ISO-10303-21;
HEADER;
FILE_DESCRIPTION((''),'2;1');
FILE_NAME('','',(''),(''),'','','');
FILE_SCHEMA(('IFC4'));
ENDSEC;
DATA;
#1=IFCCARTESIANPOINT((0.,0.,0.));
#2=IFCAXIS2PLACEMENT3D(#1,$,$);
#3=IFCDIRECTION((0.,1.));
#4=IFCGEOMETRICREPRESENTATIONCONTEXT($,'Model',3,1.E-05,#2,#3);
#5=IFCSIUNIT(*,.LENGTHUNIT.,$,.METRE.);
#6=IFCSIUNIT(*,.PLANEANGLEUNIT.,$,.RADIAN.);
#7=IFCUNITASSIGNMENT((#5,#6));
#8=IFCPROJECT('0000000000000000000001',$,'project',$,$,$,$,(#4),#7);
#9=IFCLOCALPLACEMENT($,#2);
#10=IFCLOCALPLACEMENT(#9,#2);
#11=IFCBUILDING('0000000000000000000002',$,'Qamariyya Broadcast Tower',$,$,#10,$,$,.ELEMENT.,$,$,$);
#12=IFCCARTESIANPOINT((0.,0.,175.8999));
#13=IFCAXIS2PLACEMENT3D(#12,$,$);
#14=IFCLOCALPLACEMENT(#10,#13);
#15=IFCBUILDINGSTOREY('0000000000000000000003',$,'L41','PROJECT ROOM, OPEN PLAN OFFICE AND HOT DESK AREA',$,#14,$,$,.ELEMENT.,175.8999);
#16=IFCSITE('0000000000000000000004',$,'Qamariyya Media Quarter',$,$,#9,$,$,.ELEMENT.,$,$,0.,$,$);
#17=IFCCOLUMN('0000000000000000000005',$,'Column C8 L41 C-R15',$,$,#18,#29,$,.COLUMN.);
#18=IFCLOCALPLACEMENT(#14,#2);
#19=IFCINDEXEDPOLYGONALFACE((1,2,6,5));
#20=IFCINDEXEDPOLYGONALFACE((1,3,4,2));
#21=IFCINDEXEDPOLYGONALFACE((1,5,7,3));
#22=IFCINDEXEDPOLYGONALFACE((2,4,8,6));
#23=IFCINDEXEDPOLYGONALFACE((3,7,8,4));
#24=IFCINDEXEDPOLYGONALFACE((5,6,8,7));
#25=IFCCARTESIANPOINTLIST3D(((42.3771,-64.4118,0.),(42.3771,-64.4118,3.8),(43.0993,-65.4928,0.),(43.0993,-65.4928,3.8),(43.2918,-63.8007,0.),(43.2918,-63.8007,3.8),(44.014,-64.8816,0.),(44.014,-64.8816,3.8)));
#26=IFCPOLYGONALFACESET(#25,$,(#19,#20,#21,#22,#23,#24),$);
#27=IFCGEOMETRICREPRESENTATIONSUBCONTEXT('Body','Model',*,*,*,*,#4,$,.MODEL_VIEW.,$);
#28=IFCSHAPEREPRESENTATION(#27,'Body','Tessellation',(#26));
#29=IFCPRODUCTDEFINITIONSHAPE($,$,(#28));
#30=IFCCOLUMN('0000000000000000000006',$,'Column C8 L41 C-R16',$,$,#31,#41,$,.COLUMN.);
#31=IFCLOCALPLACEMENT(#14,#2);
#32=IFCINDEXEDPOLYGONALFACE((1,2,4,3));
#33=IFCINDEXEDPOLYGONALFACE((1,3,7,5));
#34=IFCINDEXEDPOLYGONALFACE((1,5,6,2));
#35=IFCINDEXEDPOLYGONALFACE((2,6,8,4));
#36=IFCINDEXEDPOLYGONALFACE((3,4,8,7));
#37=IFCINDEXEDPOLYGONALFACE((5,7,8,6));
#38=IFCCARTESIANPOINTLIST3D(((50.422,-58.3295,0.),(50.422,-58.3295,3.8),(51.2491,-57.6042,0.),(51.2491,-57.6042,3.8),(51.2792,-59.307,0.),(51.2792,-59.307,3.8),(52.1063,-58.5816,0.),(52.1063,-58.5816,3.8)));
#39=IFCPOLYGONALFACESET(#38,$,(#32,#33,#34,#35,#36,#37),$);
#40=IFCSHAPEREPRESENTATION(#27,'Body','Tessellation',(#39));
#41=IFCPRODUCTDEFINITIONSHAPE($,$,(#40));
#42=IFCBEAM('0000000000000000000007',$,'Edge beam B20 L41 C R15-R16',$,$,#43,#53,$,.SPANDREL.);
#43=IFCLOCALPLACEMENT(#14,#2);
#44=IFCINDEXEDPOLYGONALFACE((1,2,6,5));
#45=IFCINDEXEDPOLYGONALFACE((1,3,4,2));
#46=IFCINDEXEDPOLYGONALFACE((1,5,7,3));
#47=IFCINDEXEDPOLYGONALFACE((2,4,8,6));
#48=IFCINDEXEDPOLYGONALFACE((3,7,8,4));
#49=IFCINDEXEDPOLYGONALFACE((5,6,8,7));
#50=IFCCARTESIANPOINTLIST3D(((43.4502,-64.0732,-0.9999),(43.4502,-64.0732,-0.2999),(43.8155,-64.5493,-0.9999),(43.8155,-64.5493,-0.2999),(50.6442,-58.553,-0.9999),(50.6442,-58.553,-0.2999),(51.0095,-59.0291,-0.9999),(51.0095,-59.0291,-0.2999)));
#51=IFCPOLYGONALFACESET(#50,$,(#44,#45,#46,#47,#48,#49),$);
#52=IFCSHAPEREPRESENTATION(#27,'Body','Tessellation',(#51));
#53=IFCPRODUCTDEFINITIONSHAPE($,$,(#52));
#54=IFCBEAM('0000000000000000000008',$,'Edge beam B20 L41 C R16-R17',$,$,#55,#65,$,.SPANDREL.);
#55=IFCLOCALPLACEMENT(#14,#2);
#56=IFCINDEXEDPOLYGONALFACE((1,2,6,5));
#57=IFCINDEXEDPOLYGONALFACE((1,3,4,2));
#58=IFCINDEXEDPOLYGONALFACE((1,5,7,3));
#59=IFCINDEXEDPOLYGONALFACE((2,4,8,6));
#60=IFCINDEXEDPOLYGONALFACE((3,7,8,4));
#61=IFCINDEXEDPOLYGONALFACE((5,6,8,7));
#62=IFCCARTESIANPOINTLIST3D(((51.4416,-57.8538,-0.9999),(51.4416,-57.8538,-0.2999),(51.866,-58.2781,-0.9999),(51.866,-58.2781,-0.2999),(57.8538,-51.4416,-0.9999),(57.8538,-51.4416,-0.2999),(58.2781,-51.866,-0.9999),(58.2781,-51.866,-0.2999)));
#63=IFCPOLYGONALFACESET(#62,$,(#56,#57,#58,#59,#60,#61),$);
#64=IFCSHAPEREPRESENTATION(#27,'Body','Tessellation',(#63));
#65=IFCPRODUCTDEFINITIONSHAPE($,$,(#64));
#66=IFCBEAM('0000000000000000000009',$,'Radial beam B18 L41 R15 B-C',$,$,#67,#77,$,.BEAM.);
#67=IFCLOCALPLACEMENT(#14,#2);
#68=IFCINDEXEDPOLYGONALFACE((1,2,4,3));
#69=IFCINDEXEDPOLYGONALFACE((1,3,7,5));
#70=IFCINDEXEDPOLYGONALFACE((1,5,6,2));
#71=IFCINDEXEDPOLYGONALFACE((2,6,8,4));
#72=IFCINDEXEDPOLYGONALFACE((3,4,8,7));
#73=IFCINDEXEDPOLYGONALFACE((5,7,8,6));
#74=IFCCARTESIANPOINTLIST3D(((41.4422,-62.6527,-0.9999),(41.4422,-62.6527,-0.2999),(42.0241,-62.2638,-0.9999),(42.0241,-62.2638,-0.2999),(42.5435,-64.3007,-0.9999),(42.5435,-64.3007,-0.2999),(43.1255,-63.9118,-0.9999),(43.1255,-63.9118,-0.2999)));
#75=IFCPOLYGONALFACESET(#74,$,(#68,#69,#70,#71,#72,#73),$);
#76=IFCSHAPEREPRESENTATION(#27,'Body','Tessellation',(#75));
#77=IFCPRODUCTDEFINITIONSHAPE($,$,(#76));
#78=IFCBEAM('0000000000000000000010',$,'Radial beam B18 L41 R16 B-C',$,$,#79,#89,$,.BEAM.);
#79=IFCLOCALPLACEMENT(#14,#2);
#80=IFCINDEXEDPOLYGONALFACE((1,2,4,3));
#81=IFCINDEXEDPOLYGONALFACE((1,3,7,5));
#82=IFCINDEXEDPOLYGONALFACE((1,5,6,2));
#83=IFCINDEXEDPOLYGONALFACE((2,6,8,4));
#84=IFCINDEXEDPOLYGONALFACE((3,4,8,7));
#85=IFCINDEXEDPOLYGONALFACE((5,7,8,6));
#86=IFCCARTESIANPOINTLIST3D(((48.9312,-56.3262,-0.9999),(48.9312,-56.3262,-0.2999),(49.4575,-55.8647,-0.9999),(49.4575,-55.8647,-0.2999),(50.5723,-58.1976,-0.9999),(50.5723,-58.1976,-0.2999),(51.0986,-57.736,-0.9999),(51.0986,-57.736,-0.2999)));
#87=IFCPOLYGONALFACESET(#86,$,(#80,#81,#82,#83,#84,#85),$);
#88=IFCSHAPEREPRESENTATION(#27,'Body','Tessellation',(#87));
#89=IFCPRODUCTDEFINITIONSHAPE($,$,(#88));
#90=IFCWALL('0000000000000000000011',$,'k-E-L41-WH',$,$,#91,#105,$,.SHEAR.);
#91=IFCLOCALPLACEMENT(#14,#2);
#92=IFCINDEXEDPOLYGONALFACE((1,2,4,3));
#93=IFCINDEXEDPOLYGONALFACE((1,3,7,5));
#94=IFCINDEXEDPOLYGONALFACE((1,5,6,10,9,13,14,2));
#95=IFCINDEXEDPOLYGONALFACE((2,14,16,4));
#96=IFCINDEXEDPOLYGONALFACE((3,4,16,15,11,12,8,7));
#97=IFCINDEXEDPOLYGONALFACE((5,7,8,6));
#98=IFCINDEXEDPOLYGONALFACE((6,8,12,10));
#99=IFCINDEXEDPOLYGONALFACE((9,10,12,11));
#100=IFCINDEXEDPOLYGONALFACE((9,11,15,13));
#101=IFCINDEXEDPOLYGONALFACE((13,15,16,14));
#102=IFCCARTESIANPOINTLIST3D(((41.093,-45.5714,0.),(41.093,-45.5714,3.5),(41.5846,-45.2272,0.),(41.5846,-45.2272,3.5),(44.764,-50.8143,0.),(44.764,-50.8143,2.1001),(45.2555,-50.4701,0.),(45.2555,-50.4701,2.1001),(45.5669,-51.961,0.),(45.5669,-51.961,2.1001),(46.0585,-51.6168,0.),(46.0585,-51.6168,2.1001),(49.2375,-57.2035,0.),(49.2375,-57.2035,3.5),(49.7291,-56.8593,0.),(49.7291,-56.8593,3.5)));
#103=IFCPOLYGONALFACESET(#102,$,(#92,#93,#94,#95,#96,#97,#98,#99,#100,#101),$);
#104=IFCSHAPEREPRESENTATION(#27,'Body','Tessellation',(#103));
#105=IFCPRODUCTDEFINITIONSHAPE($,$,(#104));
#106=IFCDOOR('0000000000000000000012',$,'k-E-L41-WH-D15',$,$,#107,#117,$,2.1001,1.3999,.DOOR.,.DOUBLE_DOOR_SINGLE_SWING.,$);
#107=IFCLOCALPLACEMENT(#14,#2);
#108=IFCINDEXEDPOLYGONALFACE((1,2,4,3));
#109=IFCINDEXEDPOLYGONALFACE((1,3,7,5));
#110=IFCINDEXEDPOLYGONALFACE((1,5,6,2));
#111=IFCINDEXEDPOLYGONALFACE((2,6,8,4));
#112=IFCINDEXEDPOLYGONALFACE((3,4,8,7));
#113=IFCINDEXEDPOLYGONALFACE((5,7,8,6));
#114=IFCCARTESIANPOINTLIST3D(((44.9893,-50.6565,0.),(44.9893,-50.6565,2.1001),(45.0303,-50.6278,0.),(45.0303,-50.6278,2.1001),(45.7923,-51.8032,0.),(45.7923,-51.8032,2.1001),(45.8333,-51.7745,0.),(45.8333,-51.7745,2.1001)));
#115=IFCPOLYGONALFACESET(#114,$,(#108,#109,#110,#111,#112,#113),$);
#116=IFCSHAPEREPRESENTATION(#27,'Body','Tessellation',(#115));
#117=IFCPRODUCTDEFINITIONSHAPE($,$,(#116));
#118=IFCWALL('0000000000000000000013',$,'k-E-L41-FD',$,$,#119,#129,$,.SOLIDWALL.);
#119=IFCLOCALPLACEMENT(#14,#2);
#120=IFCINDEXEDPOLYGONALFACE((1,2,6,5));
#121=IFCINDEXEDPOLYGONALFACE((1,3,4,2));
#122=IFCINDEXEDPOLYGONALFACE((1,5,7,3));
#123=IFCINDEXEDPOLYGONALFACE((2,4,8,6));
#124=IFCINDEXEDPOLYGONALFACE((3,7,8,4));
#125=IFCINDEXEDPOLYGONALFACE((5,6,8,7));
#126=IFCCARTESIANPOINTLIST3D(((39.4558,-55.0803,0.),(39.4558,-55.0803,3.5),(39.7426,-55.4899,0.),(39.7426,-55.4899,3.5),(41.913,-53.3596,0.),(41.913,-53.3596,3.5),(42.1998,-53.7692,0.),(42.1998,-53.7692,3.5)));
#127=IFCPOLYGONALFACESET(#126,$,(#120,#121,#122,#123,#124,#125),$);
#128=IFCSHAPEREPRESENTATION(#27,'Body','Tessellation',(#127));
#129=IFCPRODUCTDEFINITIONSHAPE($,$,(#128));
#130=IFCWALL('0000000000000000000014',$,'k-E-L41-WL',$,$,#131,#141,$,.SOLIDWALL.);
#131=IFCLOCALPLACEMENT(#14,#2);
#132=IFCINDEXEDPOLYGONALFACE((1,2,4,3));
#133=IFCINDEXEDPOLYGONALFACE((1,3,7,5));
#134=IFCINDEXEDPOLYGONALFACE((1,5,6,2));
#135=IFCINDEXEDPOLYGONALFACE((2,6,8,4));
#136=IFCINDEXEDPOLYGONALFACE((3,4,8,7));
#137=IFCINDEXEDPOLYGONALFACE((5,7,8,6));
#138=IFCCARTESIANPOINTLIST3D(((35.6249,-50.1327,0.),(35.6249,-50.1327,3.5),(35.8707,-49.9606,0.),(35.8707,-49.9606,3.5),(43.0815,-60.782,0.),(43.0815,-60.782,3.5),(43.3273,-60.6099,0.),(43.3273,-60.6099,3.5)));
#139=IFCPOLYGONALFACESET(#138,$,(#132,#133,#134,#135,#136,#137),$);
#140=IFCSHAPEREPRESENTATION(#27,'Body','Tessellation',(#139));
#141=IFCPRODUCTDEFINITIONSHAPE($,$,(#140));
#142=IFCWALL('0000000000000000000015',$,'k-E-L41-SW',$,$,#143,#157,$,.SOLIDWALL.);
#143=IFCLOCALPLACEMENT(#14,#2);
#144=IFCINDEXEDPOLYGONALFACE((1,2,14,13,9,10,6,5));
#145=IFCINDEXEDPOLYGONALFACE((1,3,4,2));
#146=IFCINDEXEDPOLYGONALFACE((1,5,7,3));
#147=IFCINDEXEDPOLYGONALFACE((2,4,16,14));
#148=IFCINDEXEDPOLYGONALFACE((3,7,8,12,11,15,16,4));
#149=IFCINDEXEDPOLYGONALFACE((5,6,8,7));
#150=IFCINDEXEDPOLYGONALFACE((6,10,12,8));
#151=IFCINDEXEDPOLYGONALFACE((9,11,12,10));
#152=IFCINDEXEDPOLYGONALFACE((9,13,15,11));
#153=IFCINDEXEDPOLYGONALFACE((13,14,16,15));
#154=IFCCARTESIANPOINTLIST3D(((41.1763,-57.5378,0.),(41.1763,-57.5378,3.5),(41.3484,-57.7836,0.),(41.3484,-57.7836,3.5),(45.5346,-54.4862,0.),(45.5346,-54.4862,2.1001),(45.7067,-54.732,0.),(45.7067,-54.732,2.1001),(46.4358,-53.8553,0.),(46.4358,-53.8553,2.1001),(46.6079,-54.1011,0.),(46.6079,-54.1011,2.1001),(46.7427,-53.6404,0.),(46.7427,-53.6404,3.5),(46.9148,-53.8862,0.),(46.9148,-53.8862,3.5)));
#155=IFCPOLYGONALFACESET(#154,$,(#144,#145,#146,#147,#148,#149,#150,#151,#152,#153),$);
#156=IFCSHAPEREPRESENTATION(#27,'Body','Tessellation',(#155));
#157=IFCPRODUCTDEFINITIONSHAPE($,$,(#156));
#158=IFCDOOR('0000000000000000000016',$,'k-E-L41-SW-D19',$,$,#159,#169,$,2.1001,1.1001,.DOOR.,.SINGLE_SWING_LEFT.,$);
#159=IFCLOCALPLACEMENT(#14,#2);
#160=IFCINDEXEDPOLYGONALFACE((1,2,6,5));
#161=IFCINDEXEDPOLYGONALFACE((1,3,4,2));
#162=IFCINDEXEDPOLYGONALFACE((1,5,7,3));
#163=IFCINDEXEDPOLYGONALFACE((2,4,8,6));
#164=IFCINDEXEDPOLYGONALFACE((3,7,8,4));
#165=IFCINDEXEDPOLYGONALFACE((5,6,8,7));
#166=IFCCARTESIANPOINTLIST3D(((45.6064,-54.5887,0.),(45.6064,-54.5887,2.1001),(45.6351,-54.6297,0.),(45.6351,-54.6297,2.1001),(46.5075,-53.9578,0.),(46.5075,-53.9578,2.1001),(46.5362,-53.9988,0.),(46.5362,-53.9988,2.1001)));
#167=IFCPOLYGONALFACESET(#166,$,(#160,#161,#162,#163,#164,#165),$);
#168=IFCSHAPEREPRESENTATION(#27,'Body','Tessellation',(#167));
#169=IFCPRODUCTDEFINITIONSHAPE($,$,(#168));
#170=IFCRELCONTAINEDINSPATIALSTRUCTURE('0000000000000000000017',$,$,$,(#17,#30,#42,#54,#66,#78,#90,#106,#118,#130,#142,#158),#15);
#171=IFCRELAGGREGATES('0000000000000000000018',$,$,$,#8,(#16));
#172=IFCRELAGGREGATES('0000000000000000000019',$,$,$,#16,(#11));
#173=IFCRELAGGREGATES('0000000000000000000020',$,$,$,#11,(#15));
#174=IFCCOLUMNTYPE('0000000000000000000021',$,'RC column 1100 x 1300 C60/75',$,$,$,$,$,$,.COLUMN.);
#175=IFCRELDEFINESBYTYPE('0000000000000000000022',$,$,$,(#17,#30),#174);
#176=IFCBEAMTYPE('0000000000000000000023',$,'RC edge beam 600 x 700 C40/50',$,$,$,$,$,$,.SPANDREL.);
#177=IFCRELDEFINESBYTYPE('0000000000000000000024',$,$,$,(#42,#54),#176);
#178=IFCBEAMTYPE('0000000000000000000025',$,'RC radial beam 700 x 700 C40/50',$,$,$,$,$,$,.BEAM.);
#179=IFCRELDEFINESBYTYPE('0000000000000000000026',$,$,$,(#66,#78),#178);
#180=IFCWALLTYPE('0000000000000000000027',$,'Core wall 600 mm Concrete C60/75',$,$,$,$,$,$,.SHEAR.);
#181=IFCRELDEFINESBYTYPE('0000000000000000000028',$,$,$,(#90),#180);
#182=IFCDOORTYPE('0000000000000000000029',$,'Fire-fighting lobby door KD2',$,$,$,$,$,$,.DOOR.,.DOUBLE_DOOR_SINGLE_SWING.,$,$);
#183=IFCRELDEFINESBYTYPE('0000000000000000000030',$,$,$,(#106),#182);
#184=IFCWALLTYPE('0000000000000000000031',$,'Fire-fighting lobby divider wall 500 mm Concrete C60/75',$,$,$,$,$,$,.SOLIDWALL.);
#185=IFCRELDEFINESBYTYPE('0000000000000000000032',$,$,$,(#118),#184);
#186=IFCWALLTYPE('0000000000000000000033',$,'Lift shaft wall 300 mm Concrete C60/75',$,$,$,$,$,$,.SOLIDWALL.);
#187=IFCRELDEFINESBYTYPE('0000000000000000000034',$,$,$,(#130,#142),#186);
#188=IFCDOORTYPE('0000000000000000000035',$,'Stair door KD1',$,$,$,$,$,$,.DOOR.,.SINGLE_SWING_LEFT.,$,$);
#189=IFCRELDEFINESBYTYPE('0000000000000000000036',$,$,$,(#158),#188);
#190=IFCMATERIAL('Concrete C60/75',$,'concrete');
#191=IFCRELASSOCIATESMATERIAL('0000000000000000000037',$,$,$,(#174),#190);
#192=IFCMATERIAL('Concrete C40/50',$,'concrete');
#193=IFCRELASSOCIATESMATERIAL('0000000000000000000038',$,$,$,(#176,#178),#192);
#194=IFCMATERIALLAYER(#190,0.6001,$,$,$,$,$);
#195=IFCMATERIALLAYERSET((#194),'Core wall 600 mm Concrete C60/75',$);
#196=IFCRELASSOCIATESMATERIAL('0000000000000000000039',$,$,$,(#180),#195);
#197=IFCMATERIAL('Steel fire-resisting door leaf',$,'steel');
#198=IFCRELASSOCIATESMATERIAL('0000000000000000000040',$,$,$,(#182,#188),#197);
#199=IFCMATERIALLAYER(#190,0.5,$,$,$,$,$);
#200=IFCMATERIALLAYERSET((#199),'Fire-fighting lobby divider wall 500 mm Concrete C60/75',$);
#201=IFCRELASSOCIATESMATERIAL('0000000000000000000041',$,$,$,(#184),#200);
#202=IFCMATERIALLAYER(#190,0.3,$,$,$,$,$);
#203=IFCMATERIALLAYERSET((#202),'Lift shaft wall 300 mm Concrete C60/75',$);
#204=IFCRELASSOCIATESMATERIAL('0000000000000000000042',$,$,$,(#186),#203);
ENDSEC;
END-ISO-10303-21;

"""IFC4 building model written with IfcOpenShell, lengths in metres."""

from ifc_helpers import new_model, si_unit, direction, frame, frame_2d, origin, origin_2d, place, context, subcontext, project, spatial, rectangle, extrude, material, layer, layer_set, material_profile, profile_set, type_object, element, fill, save


model = new_model("IFC4")

# Units and contexts
model_context = context("Model", 3, precision=1e-05, world=origin(), true_north=direction((0.0, 1.0)))
body_context = subcontext(model_context, "Body", "Model", "MODEL_VIEW")
ifc_project = project(units=[si_unit("LENGTHUNIT", "METRE"), si_unit("PLANEANGLEUNIT", "RADIAN")], contexts=[model_context])

# Site, building, storey
site_placement = place(None, origin())
site = spatial("IfcSite", under=ifc_project, at=site_placement, Name="Qamariyya Media Quarter", CompositionType="ELEMENT", RefElevation=0.0)
building_placement = place(site_placement, origin())
building = spatial("IfcBuilding", under=site, at=building_placement, Name="Qamariyya Broadcast Tower", CompositionType="ELEMENT")
storey_placement = place(building_placement, frame((0.0, 0.0, 175.8999)))
storey = spatial("IfcBuildingStorey", under=building, at=storey_placement, Name="L41", Description="PROJECT ROOM, OPEN PLAN OFFICE AND HOT DESK AREA", CompositionType="ELEMENT", Elevation=175.8999)

# Columns
ifc_material_1 = material(Name="Concrete C60/75", Category="concrete")
ifc_material_profile_1 = material_profile(ifc_material_1, rectangle(XDim=1.1001, YDim=1.3, at=origin_2d()))
ifc_profile_set_1 = profile_set([ifc_material_profile_1], Name="Concrete C60/75")
column_type = type_object("IfcColumnType", Name="RC column 1100 x 1300 C60/75", PredefinedType="COLUMN", material=ifc_profile_set_1)
for number, where, z_axis, x_axis, name in (
    (1, (43.1956, -64.6467, 0.0), (0.0, 0.0, 1.0), (0.83147, 0.55557, 0.0), "Column C8 L41 C-R15"),
    (2, (51.2642, -58.4556, 0.0), (0.0, 0.0, 1.0), (0.75184, 0.659346, 0.0), "Column C8 L41 C-R16"),
):
    element("IfcColumn", number, at=place(storey_placement, frame(where, z_axis=z_axis, x_axis=x_axis)), inside=storey, type_object=column_type, Name=name, PredefinedType="COLUMN", context=body_context, shape_type="SweptSolid", body=[
        extrude(rectangle(XDim=1.1001, YDim=1.3, at=origin_2d()), origin(), (0.0, 0.0, 1.0), 3.8),
    ])

# Beams
ifc_material_2 = material(Name="Concrete C40/50", Category="concrete")
ifc_material_profile_2 = material_profile(ifc_material_2, rectangle(XDim=0.6001, YDim=0.7, at=origin_2d()))
ifc_profile_set_2 = profile_set([ifc_material_profile_2], Name="Concrete C40/50")
beam_type_1 = type_object("IfcBeamType", Name="RC edge beam 600 x 700 C40/50", PredefinedType="SPANDREL", material=ifc_profile_set_2)
beam_1_placement = place(storey_placement, frame((43.6328, -64.3113, -0.6499), z_axis=(0.793351, 0.608764, 0.0), x_axis=(-0.608764, 0.793351, 0.0)))
element("IfcBeam", 3, at=beam_1_placement, inside=storey, type_object=beam_type_1, Name="Edge beam B20 L41 C R15-R16", PredefinedType="SPANDREL", context=body_context, shape_type="SweptSolid", body=[
    extrude(rectangle(XDim=0.6001, YDim=0.7, at=origin_2d()), origin(), (0.0, 0.0, 1.0), 9.0679),
])
beam_2_placement = place(storey_placement, frame((51.6538, -58.0659, -0.6499), z_axis=(0.707107, 0.707107, 0.0), x_axis=(-0.707107, 0.707107, 0.0)))
element("IfcBeam", 4, at=beam_2_placement, inside=storey, type_object=beam_type_1, Name="Edge beam B20 L41 C R16-R17", PredefinedType="SPANDREL", context=body_context, shape_type="SweptSolid", body=[
    extrude(rectangle(XDim=0.6001, YDim=0.7, at=origin_2d()), origin(), (0.0, 0.0, 1.0), 9.0681),
])
ifc_material_profile_3 = material_profile(ifc_material_2, rectangle(XDim=0.7, YDim=0.7, at=origin_2d()))
ifc_profile_set_3 = profile_set([ifc_material_profile_3], Name="Concrete C40/50")
beam_type_2 = type_object("IfcBeamType", Name="RC radial beam 700 x 700 C40/50", PredefinedType="BEAM", material=ifc_profile_set_3)
beam_3_placement = place(storey_placement, frame((41.7332, -62.4583, -0.6499), z_axis=(0.555638, -0.831424, 0.0), x_axis=(0.831424, 0.555638, 0.0)))
element("IfcBeam", 5, at=beam_3_placement, inside=storey, type_object=beam_type_2, Name="Radial beam B18 L41 R15 B-C", PredefinedType="BEAM", context=body_context, shape_type="SweptSolid", body=[
    extrude(rectangle(XDim=0.7, YDim=0.7, at=origin_2d()), origin(), (0.0, 0.0, 1.0), 1.9822),
])
beam_4_placement = place(storey_placement, frame((49.1943, -56.0955, -0.6499), z_axis=(0.659344, -0.751841, 0.0), x_axis=(0.751841, 0.659344, 0.0)))
element("IfcBeam", 6, at=beam_4_placement, inside=storey, type_object=beam_type_2, Name="Radial beam B18 L41 R16 B-C", PredefinedType="BEAM", context=body_context, shape_type="SweptSolid", body=[
    extrude(rectangle(XDim=0.7, YDim=0.7, at=origin_2d()), origin(), (0.0, 0.0, 1.0), 2.489),
])

# Wall, opening, door
ifc_layer_1 = layer(ifc_material_1, 0.6001)
ifc_layer_set_1 = layer_set([ifc_layer_1], Name="Core wall 600 mm Concrete C60/75")
wall_type_1 = type_object("IfcWallType", Name="Core wall 600 mm Concrete C60/75", PredefinedType="SHEAR", material=ifc_layer_set_1)
wall_1_placement = place(storey_placement, frame((49.4834, -57.0315, 0.0), z_axis=(0.0, 0.0, 1.0), x_axis=(-0.57356, 0.819163, 0.0)))
wall_1 = element("IfcWall", 7, at=wall_1_placement, inside=storey, type_object=wall_type_1, Name="k-E-L41-WH", PredefinedType="SHEAR", context=body_context, shape_type="SweptSolid", body=[
    extrude(rectangle(XDim=14.2, YDim=0.6001, at=frame_2d((7.1001, 0.0))), origin(), (0.0, 0.0, 1.0), 3.5),
])
opening_1_placement = place(wall_1_placement, frame((6.3999, 0.0, 0.0)))
opening_1 = element("IfcOpeningElement", 8, at=opening_1_placement, cuts=wall_1, PredefinedType="OPENING", context=body_context, shape_type="SweptSolid", body=[
    extrude(rectangle(XDim=1.3999, YDim=2.1001, at=frame_2d((0.7, 1.05))), frame((0.0, 0.3101, 0.0), z_axis=(0.0, -1.0, 0.0), x_axis=(1.0, 0.0, 0.0)), (0.0, 0.0, 1.0), 0.6201),
])
ifc_material_3 = material(Name="Steel fire-resisting door leaf", Category="steel")
door_type_1 = type_object("IfcDoorType", Name="Fire-fighting lobby door KD2", OperationType="DOUBLE_DOOR_SINGLE_SWING", PredefinedType="DOOR", material=ifc_material_3)
door_1_placement = place(opening_1_placement, origin())
door_1 = element("IfcDoor", 9, at=door_1_placement, inside=storey, type_object=door_type_1, Name="k-E-L41-WH-D15", OperationType="DOUBLE_DOOR_SINGLE_SWING", OverallHeight=2.1001, OverallWidth=1.3999, PredefinedType="DOOR", context=body_context, shape_type="SweptSolid", body=[
    extrude(rectangle(XDim=1.3999, YDim=2.1001, at=frame_2d((0.7, 1.05))), frame((0.0, 0.0249, 0.0), z_axis=(0.0, -1.0, 0.0), x_axis=(1.0, 0.0, 0.0)), (0.0, 0.0, 1.0), 0.05),
])
fill(opening_1, door_1)

# Walls
ifc_layer_2 = layer(ifc_material_1, 0.5)
ifc_layer_set_2 = layer_set([ifc_layer_2], Name="Fire-fighting lobby divider wall 500 mm Concrete C60/75")
wall_type_2 = type_object("IfcWallType", Name="Fire-fighting lobby divider wall 500 mm Concrete C60/75", PredefinedType="SOLIDWALL", material=ifc_layer_set_2)
wall_2_placement = place(storey_placement, frame((39.5991, -55.2852, 0.0), z_axis=(0.0, 0.0, 1.0), x_axis=(0.819136, 0.573599, 0.0)))
element("IfcWall", 10, at=wall_2_placement, inside=storey, type_object=wall_type_2, Name="k-E-L41-FD", PredefinedType="SOLIDWALL", context=body_context, shape_type="SweptSolid", body=[
    extrude(rectangle(XDim=2.9998, YDim=0.5, at=frame_2d((1.5, 0.0))), origin(), (0.0, 0.0, 1.0), 3.5),
])
ifc_layer_3 = layer(ifc_material_1, 0.3)
ifc_layer_set_3 = layer_set([ifc_layer_3], Name="Lift shaft wall 300 mm Concrete C60/75")
wall_type_3 = type_object("IfcWallType", Name="Lift shaft wall 300 mm Concrete C60/75", PredefinedType="SOLIDWALL", material=ifc_layer_set_3)
wall_3_placement = place(storey_placement, frame((43.2043, -60.6958, 0.0), z_axis=(0.0, 0.0, 1.0), x_axis=(-0.573572, 0.819155, 0.0)))
element("IfcWall", 11, at=wall_3_placement, inside=storey, type_object=wall_type_3, Name="k-E-L41-WL", PredefinedType="SOLIDWALL", context=body_context, shape_type="SweptSolid", body=[
    extrude(rectangle(XDim=13.0002, YDim=0.3, at=frame_2d((6.5, 0.0))), origin(), (0.0, 0.0, 1.0), 3.5),
])

# Wall, opening, door
wall_4_placement = place(storey_placement, frame((41.2625, -57.6606, 0.0), z_axis=(0.0, 0.0, 1.0), x_axis=(0.819164, 0.573559, 0.0)))
wall_4 = element("IfcWall", 12, at=wall_4_placement, inside=storey, type_object=wall_type_3, Name="k-E-L41-SW", PredefinedType="SOLIDWALL", context=body_context, shape_type="SweptSolid", body=[
    extrude(rectangle(XDim=6.7952, YDim=0.3, at=frame_2d((3.3975, 0.0))), origin(), (0.0, 0.0, 1.0), 3.5),
])
opening_2_placement = place(wall_4_placement, frame((5.3203, 0.0, 0.0)))
opening_2 = element("IfcOpeningElement", 13, at=opening_2_placement, cuts=wall_4, PredefinedType="OPENING", context=body_context, shape_type="SweptSolid", body=[
    extrude(rectangle(XDim=1.1001, YDim=2.1001, at=frame_2d((0.55, 1.05))), frame((0.0, 0.1599, 0.0), z_axis=(0.0, -1.0, 0.0), x_axis=(1.0, 0.0, 0.0)), (0.0, 0.0, 1.0), 0.3201),
])
door_type_2 = type_object("IfcDoorType", Name="Stair door KD1", OperationType="SINGLE_SWING_LEFT", PredefinedType="DOOR", material=ifc_material_3)
door_2_placement = place(opening_2_placement, origin())
door_2 = element("IfcDoor", 14, at=door_2_placement, inside=storey, type_object=door_type_2, Name="k-E-L41-SW-D19", OperationType="SINGLE_SWING_LEFT", OverallHeight=2.1001, OverallWidth=1.1001, PredefinedType="DOOR", context=body_context, shape_type="SweptSolid", body=[
    extrude(rectangle(XDim=1.1001, YDim=2.1001, at=frame_2d((0.55, 1.05))), frame((0.0, 0.0249, 0.0), z_axis=(0.0, -1.0, 0.0), x_axis=(1.0, 0.0, 0.0)), (0.0, 0.0, 1.0), 0.05),
])
fill(opening_2, door_2)

save(model, "model.ifc")
